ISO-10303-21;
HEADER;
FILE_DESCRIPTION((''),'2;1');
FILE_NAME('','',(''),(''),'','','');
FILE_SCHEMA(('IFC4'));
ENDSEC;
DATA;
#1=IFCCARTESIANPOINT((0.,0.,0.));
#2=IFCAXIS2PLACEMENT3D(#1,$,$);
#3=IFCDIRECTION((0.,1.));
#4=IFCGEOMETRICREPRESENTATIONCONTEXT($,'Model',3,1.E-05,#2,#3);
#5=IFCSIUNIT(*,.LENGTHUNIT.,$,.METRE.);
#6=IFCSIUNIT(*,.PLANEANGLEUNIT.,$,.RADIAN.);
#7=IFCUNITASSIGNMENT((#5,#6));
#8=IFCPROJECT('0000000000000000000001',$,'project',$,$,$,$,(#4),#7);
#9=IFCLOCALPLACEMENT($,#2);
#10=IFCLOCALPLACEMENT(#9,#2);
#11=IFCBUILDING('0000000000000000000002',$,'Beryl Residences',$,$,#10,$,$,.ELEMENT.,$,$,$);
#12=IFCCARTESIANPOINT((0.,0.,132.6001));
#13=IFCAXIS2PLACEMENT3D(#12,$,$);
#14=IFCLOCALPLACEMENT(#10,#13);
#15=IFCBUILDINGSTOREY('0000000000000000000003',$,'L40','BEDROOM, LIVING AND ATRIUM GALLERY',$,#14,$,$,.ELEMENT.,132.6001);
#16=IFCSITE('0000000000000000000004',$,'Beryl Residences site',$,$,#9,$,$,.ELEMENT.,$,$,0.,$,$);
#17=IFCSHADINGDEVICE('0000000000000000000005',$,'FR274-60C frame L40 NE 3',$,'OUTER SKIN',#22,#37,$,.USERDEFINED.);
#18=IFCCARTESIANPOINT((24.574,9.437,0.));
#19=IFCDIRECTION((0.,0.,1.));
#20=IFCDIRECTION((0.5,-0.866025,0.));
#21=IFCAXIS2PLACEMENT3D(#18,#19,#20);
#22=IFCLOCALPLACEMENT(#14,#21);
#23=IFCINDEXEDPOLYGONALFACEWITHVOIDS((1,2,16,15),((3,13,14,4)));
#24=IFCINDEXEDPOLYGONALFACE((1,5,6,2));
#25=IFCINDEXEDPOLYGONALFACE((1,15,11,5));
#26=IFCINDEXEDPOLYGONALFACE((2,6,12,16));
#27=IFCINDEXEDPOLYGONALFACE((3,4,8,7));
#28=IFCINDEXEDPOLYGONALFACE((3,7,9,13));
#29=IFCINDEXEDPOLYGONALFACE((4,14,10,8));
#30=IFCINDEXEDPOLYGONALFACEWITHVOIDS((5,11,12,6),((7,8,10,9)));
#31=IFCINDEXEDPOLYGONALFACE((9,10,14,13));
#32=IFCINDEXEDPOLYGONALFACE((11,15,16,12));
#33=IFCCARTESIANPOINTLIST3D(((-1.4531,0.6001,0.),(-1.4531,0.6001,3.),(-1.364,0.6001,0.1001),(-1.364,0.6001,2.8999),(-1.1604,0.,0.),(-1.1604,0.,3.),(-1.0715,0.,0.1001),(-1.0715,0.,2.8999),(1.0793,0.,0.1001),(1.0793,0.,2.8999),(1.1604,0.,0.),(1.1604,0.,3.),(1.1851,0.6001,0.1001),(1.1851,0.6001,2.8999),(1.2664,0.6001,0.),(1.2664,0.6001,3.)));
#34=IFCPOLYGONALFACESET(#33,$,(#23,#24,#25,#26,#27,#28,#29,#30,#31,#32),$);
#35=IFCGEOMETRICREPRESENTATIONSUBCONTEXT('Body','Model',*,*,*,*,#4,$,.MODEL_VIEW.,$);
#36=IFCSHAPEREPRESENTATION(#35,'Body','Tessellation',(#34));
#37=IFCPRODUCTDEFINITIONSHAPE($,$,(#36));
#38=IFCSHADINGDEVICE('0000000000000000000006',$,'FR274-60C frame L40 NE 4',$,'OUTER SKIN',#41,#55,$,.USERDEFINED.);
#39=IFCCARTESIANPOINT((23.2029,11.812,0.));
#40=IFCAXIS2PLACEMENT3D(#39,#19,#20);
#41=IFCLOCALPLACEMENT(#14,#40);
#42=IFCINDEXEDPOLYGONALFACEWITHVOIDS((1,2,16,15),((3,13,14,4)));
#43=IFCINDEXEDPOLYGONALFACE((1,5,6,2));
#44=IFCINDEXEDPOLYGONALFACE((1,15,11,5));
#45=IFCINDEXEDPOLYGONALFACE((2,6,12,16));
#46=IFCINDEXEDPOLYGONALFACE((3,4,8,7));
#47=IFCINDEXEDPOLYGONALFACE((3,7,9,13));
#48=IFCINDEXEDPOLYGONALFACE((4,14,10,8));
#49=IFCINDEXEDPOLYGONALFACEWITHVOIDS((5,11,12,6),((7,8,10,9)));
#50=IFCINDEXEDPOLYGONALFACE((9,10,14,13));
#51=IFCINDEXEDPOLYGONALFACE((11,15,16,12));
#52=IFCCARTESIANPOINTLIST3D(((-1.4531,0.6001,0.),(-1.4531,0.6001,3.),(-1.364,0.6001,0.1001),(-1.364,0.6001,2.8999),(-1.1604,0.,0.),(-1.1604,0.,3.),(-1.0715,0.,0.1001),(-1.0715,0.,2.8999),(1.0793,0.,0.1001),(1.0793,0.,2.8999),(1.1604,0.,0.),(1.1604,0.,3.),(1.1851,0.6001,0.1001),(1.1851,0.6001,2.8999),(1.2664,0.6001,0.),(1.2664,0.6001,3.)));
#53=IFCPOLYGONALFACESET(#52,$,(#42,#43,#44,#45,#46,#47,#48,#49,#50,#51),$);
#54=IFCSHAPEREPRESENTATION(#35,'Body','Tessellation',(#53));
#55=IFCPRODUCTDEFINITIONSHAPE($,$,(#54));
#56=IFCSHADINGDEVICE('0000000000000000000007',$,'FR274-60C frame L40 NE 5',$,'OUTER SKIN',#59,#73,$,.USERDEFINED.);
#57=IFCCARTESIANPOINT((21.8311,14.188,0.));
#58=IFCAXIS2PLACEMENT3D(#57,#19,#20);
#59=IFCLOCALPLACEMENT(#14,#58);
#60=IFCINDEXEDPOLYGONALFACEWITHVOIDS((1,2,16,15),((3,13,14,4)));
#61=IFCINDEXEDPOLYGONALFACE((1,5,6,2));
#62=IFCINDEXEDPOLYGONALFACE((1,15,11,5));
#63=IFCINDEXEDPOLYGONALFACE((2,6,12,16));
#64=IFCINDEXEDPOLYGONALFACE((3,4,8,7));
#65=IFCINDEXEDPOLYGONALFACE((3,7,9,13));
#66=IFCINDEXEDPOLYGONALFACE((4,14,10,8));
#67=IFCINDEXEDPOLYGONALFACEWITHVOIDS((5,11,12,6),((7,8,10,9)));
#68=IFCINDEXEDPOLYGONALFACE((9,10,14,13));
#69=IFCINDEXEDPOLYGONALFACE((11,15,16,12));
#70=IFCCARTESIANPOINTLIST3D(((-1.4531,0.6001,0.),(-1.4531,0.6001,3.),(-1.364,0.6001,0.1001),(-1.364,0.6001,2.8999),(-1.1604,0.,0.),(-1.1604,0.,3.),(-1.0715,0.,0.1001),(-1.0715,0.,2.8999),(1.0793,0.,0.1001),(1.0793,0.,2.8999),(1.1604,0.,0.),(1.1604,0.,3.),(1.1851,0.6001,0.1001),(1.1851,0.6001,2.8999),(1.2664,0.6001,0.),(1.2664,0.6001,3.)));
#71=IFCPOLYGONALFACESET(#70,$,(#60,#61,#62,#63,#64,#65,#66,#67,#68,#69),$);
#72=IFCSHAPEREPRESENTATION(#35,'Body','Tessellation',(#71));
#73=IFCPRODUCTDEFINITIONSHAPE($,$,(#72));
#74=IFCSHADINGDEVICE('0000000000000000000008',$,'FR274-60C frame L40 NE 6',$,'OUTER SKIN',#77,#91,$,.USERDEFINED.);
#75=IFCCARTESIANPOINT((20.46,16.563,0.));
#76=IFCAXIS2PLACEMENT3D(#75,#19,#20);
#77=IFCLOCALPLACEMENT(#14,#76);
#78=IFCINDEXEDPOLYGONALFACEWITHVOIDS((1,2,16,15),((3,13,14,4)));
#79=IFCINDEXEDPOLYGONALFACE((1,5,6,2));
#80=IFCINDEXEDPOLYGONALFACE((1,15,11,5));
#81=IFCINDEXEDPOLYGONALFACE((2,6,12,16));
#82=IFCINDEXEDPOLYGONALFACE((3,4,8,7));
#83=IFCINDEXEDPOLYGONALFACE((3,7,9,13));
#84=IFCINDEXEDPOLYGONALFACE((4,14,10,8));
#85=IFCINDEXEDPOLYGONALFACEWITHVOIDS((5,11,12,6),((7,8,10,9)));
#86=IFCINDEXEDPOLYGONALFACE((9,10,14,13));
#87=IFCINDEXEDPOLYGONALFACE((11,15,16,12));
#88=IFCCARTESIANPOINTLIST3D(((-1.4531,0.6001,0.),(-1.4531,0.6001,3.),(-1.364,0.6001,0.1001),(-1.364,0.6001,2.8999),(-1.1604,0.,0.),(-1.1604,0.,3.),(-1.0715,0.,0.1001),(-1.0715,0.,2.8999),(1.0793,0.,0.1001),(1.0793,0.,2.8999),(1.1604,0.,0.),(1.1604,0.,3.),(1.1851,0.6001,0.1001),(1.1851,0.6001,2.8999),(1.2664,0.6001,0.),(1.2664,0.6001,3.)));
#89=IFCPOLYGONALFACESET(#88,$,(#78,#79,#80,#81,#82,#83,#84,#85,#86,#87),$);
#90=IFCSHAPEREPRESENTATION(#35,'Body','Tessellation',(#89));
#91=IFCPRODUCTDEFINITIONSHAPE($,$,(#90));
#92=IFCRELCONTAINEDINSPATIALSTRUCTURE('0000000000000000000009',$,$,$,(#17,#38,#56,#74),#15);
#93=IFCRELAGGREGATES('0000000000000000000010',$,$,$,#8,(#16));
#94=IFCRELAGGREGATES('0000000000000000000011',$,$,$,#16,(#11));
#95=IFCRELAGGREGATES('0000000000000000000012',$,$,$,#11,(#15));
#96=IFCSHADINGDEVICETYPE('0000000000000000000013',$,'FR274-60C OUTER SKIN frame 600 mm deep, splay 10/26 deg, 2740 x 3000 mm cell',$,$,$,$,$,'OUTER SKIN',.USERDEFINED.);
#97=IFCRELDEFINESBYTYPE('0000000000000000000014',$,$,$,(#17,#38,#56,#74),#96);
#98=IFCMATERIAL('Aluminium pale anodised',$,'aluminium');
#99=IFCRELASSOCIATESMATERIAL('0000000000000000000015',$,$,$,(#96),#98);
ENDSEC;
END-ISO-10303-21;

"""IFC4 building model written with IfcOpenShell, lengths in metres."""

from ifc_helpers import new_model, entity, si_unit, direction, frame, origin, place, context, subcontext, project, spatial, source, transform, mapped, material, type_object, type_shapes, element, save


model = new_model("IFC4")

# Units and contexts
model_context = context("Model", 3, precision=1e-05, world=origin(), true_north=direction((0.0, 1.0)))
body_context = subcontext(model_context, "Body", "Model", "MODEL_VIEW")
ifc_project = project(units=[si_unit("LENGTHUNIT", "METRE"), si_unit("PLANEANGLEUNIT", "RADIAN")], contexts=[model_context])

# Site, building, storey
site_placement = place(None, origin())
site = spatial("IfcSite", under=ifc_project, at=site_placement, Name="Beryl Residences site", CompositionType="ELEMENT", RefElevation=0.0)
building_placement = place(site_placement, origin())
building = spatial("IfcBuilding", under=site, at=building_placement, Name="Beryl Residences", CompositionType="ELEMENT")
storey_placement = place(building_placement, frame((0.0, 0.0, 132.6001)))
storey = spatial("IfcBuildingStorey", under=building, at=storey_placement, Name="L40", Description="BEDROOM, LIVING AND ATRIUM GALLERY", CompositionType="ELEMENT", Elevation=132.6001)

# Shading devices
ifc_material_1 = material(Name="Aluminium pale anodised", Category="aluminium")
shading_device_type = type_object("IfcShadingDeviceType", Name="FR274-60C OUTER SKIN frame 600 mm deep, splay 10/26 deg, 2740 x 3000 mm cell", ElementType="OUTER SKIN", PredefinedType="USERDEFINED", material=ifc_material_1)
cartesian_point_1 = entity("IfcCartesianPoint", [-1.1604, 0.0])
cartesian_point_2 = entity("IfcCartesianPoint", [-1.0793, 0.1001])
cartesian_point_3 = entity("IfcCartesianPoint", [-1.2664, 0.0])
cartesian_point_4 = entity("IfcCartesianPoint", [-1.1851, 0.1001])
shared_shape_1 = source(origin(), body_context, "Body", "SweptSolid", [
    entity("IfcExtrudedAreaSolidTapered", entity("IfcArbitraryProfileDefWithVoids", "AREA", None, entity("IfcPolyline", [cartesian_point_1, entity("IfcCartesianPoint", [1.1604, 0.0]), entity("IfcCartesianPoint", [1.1604, 3.0]), entity("IfcCartesianPoint", [-1.1604, 3.0]), cartesian_point_1]), [entity("IfcPolyline", [cartesian_point_2, entity("IfcCartesianPoint", [1.0715, 0.1001]), entity("IfcCartesianPoint", [1.0715, 2.8999]), entity("IfcCartesianPoint", [-1.0793, 2.8999]), cartesian_point_2])]), entity("IfcAxis2Placement3D", entity("IfcCartesianPoint", [0.0, 0.0, 0.0]), entity("IfcDirection", [0.0, 1.0, 0.0]), entity("IfcDirection", [-1.0, 0.0, 0.0])), entity("IfcDirection", [0.0, 0.0, 1.0]), 0.6001, entity("IfcArbitraryProfileDefWithVoids", "AREA", None, entity("IfcPolyline", [cartesian_point_3, entity("IfcCartesianPoint", [1.4531, 0.0]), entity("IfcCartesianPoint", [1.4531, 3.0]), entity("IfcCartesianPoint", [-1.2664, 3.0]), cartesian_point_3]), [entity("IfcPolyline", [cartesian_point_4, entity("IfcCartesianPoint", [1.364, 0.1001]), entity("IfcCartesianPoint", [1.364, 2.8999]), entity("IfcCartesianPoint", [-1.1851, 2.8999]), cartesian_point_4])])),
])
type_shapes(shading_device_type, [shared_shape_1])
for number, where, z_axis, x_axis, name in (
    (1, (24.574, 9.437, 0.0), (0.0, 0.0, 1.0), (0.5, -0.866025, 0.0), "FR274-60C frame L40 NE 3"),
    (2, (23.2029, 11.812, 0.0), (0.0, 0.0, 1.0), (0.5, -0.866025, 0.0), "FR274-60C frame L40 NE 4"),
    (3, (21.8311, 14.188, 0.0), (0.0, 0.0, 1.0), (0.5, -0.866025, 0.0), "FR274-60C frame L40 NE 5"),
    (4, (20.46, 16.563, 0.0), (0.0, 0.0, 1.0), (0.5, -0.866025, 0.0), "FR274-60C frame L40 NE 6"),
):
    element("IfcShadingDevice", number, at=place(storey_placement, frame(where, z_axis=z_axis, x_axis=x_axis)), inside=storey, type_object=shading_device_type, Name=name, ObjectType="OUTER SKIN", PredefinedType="USERDEFINED", context=body_context, shape_type="MappedRepresentation", body=[
        mapped(shared_shape_1, transform((0.0, 0.0, 0.0))),
    ])

save(model, "model.ifc")
